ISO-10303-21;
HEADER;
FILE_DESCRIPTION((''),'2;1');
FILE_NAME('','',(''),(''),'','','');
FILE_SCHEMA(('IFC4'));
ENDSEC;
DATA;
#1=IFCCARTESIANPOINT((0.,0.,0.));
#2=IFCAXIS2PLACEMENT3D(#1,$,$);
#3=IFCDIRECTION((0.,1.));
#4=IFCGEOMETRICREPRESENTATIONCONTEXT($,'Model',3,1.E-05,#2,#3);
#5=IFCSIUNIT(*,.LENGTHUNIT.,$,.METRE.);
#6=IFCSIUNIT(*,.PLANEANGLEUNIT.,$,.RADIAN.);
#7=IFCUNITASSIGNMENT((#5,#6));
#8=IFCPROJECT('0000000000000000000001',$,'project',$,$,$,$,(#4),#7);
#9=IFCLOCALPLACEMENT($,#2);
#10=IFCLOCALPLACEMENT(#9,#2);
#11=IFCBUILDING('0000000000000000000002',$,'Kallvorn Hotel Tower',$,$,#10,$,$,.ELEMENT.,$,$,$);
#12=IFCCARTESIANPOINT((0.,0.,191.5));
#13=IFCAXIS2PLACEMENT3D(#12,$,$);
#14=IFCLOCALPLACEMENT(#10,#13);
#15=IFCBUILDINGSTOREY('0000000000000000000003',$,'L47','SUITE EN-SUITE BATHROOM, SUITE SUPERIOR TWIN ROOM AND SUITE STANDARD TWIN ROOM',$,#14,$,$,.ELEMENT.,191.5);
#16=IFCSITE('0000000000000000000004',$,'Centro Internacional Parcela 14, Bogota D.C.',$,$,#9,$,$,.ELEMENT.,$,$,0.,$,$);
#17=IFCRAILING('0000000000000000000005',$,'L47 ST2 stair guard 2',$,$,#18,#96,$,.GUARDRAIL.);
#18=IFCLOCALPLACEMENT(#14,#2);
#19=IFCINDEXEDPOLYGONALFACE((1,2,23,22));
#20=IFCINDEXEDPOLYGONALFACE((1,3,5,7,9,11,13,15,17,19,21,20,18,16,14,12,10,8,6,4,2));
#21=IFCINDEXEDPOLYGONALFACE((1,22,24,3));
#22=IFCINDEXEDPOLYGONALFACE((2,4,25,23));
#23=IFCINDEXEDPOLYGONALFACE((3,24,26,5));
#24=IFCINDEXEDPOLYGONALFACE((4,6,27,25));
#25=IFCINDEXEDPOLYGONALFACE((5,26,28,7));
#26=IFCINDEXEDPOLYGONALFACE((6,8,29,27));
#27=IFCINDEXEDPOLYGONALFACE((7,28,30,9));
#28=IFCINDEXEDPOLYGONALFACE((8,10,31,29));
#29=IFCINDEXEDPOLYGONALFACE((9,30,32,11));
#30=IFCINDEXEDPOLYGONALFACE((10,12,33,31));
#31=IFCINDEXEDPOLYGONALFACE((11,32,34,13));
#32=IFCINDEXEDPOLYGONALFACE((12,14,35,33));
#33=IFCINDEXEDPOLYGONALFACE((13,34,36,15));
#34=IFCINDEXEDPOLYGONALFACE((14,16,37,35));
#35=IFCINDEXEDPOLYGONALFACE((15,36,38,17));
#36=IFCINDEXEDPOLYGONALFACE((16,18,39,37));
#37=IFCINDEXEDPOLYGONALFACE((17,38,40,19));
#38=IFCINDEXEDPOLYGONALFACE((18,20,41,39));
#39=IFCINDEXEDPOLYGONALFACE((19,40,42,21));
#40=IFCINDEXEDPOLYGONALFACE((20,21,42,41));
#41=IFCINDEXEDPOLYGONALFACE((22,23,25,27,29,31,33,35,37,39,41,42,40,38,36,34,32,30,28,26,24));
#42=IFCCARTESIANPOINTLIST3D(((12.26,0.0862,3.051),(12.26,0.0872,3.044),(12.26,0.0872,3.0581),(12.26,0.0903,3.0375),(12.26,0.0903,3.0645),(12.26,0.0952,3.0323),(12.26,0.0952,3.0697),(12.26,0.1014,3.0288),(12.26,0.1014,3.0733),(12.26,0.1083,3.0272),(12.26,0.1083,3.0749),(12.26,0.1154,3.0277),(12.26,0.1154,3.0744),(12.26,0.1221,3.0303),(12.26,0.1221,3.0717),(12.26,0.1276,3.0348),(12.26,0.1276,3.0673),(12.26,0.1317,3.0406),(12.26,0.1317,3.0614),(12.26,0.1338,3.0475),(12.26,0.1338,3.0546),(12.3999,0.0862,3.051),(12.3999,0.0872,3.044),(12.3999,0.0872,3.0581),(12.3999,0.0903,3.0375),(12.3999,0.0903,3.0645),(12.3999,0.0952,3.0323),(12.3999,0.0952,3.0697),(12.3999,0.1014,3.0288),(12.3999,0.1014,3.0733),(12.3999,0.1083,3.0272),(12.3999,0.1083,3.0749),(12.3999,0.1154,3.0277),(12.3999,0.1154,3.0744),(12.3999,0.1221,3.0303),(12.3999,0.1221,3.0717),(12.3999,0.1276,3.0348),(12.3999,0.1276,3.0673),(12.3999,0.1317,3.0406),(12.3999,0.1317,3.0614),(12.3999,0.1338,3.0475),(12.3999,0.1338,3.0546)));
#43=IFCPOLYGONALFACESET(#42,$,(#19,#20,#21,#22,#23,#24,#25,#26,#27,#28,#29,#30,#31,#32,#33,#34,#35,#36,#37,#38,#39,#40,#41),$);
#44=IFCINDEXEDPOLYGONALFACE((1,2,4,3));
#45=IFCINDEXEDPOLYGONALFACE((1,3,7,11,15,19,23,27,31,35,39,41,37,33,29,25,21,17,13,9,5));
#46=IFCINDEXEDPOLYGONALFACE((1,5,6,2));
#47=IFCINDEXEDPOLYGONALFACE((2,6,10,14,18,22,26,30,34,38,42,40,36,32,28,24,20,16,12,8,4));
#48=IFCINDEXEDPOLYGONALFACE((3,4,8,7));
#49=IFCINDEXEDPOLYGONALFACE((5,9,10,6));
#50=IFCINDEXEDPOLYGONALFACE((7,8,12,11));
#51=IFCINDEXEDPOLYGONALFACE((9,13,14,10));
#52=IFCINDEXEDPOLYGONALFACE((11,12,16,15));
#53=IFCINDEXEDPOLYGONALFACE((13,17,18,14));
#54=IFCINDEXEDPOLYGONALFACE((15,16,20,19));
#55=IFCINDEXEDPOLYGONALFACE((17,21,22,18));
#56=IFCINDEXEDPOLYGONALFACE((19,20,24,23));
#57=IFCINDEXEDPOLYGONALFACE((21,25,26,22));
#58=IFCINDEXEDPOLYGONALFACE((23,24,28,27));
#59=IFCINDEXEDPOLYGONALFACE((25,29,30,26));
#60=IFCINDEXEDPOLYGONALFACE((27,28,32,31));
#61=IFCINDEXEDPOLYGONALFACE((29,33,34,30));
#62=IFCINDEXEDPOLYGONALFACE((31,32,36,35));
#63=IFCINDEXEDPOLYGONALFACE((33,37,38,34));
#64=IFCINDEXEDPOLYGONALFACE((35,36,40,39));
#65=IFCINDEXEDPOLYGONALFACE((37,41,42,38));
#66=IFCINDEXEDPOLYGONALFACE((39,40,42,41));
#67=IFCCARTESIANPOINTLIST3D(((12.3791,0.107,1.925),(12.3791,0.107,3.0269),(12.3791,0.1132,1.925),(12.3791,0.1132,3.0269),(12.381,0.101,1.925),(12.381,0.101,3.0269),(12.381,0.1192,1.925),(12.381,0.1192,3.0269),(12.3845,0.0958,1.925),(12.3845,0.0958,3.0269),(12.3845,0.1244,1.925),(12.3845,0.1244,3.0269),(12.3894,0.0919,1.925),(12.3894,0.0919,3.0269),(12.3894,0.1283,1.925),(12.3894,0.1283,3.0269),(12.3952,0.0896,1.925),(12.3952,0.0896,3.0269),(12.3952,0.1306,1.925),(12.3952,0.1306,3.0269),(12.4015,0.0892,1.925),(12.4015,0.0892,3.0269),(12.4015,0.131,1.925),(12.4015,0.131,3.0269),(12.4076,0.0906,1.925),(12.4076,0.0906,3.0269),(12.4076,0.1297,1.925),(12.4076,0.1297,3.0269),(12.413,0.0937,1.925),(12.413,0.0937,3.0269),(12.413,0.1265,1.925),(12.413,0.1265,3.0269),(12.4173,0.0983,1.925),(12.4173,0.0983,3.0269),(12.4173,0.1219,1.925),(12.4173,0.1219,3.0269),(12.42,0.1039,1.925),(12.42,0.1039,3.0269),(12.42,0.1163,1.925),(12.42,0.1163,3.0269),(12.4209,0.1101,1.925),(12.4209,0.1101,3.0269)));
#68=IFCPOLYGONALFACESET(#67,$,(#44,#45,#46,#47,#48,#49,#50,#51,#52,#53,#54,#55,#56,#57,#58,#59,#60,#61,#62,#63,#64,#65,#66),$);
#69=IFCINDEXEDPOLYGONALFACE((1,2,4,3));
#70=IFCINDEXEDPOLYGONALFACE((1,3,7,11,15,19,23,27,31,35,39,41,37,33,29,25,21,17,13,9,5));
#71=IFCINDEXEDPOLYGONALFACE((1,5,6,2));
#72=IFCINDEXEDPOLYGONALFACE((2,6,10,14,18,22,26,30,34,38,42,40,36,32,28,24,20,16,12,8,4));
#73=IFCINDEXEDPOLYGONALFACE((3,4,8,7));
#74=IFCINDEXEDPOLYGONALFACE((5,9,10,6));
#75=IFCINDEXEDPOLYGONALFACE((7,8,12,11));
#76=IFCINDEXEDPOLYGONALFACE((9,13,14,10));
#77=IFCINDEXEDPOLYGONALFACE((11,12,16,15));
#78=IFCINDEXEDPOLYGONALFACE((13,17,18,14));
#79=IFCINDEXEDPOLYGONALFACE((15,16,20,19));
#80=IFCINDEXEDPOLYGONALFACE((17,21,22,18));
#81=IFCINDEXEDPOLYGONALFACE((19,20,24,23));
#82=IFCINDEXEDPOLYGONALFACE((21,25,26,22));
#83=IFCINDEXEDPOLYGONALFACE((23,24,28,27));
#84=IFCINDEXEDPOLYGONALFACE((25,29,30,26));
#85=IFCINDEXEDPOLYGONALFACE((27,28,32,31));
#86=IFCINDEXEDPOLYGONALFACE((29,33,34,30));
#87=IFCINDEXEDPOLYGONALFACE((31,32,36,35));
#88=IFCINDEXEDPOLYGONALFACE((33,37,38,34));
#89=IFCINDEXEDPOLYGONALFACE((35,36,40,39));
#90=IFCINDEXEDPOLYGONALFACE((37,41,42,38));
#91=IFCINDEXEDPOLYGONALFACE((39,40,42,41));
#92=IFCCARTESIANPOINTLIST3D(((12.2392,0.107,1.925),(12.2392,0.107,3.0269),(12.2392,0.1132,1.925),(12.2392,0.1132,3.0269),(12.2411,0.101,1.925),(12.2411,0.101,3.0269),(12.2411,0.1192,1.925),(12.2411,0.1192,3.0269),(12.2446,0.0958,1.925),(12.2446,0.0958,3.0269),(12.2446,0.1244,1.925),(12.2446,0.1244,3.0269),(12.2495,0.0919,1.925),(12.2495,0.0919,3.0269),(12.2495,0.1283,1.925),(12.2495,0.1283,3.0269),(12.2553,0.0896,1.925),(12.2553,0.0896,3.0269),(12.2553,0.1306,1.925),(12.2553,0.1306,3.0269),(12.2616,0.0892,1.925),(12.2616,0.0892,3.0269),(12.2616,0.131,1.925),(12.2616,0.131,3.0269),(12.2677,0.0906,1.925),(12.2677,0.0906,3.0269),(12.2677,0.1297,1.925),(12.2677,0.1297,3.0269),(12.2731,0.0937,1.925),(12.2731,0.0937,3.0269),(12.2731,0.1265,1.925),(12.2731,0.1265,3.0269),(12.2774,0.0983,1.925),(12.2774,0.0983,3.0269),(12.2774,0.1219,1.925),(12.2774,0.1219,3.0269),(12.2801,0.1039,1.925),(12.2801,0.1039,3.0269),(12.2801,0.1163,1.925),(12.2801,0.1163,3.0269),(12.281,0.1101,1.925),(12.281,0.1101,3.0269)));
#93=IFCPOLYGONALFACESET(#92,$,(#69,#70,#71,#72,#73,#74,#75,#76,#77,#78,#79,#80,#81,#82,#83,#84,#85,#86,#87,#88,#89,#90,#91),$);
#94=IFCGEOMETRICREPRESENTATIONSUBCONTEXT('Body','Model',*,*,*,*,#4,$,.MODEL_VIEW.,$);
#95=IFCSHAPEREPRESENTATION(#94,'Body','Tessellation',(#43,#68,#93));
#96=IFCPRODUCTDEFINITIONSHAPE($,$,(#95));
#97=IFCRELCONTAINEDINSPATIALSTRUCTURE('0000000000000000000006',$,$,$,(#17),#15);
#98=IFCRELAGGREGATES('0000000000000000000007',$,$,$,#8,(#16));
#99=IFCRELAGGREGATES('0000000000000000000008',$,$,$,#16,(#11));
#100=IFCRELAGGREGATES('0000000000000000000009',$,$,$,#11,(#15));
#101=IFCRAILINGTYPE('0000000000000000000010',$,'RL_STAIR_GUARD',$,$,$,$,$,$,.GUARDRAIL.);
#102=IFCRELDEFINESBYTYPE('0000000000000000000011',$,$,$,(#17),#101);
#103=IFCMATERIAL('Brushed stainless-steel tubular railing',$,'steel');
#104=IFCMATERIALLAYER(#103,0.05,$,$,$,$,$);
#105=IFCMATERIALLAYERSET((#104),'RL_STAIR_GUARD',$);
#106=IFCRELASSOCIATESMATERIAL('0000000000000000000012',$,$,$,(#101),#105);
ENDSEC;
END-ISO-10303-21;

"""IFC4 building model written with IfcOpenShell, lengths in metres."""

from ifc_helpers import new_model, si_unit, direction, frame, origin, origin_2d, place, context, subcontext, project, spatial, circle, extrude, material, layer, layer_set, type_object, element, save


model = new_model("IFC4")

# Units and contexts
model_context = context("Model", 3, precision=1e-05, world=origin(), true_north=direction((0.0, 1.0)))
body_context = subcontext(model_context, "Body", "Model", "MODEL_VIEW")
ifc_project = project(units=[si_unit("LENGTHUNIT", "METRE"), si_unit("PLANEANGLEUNIT", "RADIAN")], contexts=[model_context])

# Site, building, storey
site_placement = place(None, origin())
site = spatial("IfcSite", under=ifc_project, at=site_placement, Name="Centro Internacional Parcela 14, Bogota D.C.", CompositionType="ELEMENT", RefElevation=0.0)
building_placement = place(site_placement, origin())
building = spatial("IfcBuilding", under=site, at=building_placement, Name="Kallvorn Hotel Tower", CompositionType="ELEMENT")
storey_placement = place(building_placement, frame((0.0, 0.0, 191.5)))
storey = spatial("IfcBuildingStorey", under=building, at=storey_placement, Name="L47", Description="SUITE EN-SUITE BATHROOM, SUITE SUPERIOR TWIN ROOM AND SUITE STANDARD TWIN ROOM", CompositionType="ELEMENT", Elevation=191.5)

# Railing
ifc_material_1 = material(Name="Brushed stainless-steel tubular railing", Category="steel")
ifc_layer_1 = layer(ifc_material_1, 0.05)
ifc_layer_set_1 = layer_set([ifc_layer_1], Name="RL_STAIR_GUARD")
railing_type_1 = type_object("IfcRailingType", Name="RL_STAIR_GUARD", PredefinedType="GUARDRAIL", material=ifc_layer_set_1)
railing_1_placement = place(storey_placement, frame((12.3999, 0.1101, 1.925)))
element("IfcRailing", 1, at=railing_1_placement, inside=storey, type_object=railing_type_1, Name="L47 ST2 stair guard 2", PredefinedType="GUARDRAIL", context=body_context, shape_type="SweptSolid", body=[
    extrude(circle(Radius=0.0239, at=origin_2d()), frame((0.0, 0.0, 1.126), z_axis=(-1.0, 0.0, 0.0), x_axis=(0.0, -1.0, 0.0)), (0.0, 0.0, 1.0), 0.1399),
    extrude(circle(Radius=0.021, at=origin_2d()), origin(), (0.0, 0.0, 1.0), 1.1018),
    extrude(circle(Radius=0.021, at=origin_2d()), frame((-0.1399, 0.0, 0.0)), (0.0, 0.0, 1.0), 1.1018),
])

save(model, "model.ifc")
